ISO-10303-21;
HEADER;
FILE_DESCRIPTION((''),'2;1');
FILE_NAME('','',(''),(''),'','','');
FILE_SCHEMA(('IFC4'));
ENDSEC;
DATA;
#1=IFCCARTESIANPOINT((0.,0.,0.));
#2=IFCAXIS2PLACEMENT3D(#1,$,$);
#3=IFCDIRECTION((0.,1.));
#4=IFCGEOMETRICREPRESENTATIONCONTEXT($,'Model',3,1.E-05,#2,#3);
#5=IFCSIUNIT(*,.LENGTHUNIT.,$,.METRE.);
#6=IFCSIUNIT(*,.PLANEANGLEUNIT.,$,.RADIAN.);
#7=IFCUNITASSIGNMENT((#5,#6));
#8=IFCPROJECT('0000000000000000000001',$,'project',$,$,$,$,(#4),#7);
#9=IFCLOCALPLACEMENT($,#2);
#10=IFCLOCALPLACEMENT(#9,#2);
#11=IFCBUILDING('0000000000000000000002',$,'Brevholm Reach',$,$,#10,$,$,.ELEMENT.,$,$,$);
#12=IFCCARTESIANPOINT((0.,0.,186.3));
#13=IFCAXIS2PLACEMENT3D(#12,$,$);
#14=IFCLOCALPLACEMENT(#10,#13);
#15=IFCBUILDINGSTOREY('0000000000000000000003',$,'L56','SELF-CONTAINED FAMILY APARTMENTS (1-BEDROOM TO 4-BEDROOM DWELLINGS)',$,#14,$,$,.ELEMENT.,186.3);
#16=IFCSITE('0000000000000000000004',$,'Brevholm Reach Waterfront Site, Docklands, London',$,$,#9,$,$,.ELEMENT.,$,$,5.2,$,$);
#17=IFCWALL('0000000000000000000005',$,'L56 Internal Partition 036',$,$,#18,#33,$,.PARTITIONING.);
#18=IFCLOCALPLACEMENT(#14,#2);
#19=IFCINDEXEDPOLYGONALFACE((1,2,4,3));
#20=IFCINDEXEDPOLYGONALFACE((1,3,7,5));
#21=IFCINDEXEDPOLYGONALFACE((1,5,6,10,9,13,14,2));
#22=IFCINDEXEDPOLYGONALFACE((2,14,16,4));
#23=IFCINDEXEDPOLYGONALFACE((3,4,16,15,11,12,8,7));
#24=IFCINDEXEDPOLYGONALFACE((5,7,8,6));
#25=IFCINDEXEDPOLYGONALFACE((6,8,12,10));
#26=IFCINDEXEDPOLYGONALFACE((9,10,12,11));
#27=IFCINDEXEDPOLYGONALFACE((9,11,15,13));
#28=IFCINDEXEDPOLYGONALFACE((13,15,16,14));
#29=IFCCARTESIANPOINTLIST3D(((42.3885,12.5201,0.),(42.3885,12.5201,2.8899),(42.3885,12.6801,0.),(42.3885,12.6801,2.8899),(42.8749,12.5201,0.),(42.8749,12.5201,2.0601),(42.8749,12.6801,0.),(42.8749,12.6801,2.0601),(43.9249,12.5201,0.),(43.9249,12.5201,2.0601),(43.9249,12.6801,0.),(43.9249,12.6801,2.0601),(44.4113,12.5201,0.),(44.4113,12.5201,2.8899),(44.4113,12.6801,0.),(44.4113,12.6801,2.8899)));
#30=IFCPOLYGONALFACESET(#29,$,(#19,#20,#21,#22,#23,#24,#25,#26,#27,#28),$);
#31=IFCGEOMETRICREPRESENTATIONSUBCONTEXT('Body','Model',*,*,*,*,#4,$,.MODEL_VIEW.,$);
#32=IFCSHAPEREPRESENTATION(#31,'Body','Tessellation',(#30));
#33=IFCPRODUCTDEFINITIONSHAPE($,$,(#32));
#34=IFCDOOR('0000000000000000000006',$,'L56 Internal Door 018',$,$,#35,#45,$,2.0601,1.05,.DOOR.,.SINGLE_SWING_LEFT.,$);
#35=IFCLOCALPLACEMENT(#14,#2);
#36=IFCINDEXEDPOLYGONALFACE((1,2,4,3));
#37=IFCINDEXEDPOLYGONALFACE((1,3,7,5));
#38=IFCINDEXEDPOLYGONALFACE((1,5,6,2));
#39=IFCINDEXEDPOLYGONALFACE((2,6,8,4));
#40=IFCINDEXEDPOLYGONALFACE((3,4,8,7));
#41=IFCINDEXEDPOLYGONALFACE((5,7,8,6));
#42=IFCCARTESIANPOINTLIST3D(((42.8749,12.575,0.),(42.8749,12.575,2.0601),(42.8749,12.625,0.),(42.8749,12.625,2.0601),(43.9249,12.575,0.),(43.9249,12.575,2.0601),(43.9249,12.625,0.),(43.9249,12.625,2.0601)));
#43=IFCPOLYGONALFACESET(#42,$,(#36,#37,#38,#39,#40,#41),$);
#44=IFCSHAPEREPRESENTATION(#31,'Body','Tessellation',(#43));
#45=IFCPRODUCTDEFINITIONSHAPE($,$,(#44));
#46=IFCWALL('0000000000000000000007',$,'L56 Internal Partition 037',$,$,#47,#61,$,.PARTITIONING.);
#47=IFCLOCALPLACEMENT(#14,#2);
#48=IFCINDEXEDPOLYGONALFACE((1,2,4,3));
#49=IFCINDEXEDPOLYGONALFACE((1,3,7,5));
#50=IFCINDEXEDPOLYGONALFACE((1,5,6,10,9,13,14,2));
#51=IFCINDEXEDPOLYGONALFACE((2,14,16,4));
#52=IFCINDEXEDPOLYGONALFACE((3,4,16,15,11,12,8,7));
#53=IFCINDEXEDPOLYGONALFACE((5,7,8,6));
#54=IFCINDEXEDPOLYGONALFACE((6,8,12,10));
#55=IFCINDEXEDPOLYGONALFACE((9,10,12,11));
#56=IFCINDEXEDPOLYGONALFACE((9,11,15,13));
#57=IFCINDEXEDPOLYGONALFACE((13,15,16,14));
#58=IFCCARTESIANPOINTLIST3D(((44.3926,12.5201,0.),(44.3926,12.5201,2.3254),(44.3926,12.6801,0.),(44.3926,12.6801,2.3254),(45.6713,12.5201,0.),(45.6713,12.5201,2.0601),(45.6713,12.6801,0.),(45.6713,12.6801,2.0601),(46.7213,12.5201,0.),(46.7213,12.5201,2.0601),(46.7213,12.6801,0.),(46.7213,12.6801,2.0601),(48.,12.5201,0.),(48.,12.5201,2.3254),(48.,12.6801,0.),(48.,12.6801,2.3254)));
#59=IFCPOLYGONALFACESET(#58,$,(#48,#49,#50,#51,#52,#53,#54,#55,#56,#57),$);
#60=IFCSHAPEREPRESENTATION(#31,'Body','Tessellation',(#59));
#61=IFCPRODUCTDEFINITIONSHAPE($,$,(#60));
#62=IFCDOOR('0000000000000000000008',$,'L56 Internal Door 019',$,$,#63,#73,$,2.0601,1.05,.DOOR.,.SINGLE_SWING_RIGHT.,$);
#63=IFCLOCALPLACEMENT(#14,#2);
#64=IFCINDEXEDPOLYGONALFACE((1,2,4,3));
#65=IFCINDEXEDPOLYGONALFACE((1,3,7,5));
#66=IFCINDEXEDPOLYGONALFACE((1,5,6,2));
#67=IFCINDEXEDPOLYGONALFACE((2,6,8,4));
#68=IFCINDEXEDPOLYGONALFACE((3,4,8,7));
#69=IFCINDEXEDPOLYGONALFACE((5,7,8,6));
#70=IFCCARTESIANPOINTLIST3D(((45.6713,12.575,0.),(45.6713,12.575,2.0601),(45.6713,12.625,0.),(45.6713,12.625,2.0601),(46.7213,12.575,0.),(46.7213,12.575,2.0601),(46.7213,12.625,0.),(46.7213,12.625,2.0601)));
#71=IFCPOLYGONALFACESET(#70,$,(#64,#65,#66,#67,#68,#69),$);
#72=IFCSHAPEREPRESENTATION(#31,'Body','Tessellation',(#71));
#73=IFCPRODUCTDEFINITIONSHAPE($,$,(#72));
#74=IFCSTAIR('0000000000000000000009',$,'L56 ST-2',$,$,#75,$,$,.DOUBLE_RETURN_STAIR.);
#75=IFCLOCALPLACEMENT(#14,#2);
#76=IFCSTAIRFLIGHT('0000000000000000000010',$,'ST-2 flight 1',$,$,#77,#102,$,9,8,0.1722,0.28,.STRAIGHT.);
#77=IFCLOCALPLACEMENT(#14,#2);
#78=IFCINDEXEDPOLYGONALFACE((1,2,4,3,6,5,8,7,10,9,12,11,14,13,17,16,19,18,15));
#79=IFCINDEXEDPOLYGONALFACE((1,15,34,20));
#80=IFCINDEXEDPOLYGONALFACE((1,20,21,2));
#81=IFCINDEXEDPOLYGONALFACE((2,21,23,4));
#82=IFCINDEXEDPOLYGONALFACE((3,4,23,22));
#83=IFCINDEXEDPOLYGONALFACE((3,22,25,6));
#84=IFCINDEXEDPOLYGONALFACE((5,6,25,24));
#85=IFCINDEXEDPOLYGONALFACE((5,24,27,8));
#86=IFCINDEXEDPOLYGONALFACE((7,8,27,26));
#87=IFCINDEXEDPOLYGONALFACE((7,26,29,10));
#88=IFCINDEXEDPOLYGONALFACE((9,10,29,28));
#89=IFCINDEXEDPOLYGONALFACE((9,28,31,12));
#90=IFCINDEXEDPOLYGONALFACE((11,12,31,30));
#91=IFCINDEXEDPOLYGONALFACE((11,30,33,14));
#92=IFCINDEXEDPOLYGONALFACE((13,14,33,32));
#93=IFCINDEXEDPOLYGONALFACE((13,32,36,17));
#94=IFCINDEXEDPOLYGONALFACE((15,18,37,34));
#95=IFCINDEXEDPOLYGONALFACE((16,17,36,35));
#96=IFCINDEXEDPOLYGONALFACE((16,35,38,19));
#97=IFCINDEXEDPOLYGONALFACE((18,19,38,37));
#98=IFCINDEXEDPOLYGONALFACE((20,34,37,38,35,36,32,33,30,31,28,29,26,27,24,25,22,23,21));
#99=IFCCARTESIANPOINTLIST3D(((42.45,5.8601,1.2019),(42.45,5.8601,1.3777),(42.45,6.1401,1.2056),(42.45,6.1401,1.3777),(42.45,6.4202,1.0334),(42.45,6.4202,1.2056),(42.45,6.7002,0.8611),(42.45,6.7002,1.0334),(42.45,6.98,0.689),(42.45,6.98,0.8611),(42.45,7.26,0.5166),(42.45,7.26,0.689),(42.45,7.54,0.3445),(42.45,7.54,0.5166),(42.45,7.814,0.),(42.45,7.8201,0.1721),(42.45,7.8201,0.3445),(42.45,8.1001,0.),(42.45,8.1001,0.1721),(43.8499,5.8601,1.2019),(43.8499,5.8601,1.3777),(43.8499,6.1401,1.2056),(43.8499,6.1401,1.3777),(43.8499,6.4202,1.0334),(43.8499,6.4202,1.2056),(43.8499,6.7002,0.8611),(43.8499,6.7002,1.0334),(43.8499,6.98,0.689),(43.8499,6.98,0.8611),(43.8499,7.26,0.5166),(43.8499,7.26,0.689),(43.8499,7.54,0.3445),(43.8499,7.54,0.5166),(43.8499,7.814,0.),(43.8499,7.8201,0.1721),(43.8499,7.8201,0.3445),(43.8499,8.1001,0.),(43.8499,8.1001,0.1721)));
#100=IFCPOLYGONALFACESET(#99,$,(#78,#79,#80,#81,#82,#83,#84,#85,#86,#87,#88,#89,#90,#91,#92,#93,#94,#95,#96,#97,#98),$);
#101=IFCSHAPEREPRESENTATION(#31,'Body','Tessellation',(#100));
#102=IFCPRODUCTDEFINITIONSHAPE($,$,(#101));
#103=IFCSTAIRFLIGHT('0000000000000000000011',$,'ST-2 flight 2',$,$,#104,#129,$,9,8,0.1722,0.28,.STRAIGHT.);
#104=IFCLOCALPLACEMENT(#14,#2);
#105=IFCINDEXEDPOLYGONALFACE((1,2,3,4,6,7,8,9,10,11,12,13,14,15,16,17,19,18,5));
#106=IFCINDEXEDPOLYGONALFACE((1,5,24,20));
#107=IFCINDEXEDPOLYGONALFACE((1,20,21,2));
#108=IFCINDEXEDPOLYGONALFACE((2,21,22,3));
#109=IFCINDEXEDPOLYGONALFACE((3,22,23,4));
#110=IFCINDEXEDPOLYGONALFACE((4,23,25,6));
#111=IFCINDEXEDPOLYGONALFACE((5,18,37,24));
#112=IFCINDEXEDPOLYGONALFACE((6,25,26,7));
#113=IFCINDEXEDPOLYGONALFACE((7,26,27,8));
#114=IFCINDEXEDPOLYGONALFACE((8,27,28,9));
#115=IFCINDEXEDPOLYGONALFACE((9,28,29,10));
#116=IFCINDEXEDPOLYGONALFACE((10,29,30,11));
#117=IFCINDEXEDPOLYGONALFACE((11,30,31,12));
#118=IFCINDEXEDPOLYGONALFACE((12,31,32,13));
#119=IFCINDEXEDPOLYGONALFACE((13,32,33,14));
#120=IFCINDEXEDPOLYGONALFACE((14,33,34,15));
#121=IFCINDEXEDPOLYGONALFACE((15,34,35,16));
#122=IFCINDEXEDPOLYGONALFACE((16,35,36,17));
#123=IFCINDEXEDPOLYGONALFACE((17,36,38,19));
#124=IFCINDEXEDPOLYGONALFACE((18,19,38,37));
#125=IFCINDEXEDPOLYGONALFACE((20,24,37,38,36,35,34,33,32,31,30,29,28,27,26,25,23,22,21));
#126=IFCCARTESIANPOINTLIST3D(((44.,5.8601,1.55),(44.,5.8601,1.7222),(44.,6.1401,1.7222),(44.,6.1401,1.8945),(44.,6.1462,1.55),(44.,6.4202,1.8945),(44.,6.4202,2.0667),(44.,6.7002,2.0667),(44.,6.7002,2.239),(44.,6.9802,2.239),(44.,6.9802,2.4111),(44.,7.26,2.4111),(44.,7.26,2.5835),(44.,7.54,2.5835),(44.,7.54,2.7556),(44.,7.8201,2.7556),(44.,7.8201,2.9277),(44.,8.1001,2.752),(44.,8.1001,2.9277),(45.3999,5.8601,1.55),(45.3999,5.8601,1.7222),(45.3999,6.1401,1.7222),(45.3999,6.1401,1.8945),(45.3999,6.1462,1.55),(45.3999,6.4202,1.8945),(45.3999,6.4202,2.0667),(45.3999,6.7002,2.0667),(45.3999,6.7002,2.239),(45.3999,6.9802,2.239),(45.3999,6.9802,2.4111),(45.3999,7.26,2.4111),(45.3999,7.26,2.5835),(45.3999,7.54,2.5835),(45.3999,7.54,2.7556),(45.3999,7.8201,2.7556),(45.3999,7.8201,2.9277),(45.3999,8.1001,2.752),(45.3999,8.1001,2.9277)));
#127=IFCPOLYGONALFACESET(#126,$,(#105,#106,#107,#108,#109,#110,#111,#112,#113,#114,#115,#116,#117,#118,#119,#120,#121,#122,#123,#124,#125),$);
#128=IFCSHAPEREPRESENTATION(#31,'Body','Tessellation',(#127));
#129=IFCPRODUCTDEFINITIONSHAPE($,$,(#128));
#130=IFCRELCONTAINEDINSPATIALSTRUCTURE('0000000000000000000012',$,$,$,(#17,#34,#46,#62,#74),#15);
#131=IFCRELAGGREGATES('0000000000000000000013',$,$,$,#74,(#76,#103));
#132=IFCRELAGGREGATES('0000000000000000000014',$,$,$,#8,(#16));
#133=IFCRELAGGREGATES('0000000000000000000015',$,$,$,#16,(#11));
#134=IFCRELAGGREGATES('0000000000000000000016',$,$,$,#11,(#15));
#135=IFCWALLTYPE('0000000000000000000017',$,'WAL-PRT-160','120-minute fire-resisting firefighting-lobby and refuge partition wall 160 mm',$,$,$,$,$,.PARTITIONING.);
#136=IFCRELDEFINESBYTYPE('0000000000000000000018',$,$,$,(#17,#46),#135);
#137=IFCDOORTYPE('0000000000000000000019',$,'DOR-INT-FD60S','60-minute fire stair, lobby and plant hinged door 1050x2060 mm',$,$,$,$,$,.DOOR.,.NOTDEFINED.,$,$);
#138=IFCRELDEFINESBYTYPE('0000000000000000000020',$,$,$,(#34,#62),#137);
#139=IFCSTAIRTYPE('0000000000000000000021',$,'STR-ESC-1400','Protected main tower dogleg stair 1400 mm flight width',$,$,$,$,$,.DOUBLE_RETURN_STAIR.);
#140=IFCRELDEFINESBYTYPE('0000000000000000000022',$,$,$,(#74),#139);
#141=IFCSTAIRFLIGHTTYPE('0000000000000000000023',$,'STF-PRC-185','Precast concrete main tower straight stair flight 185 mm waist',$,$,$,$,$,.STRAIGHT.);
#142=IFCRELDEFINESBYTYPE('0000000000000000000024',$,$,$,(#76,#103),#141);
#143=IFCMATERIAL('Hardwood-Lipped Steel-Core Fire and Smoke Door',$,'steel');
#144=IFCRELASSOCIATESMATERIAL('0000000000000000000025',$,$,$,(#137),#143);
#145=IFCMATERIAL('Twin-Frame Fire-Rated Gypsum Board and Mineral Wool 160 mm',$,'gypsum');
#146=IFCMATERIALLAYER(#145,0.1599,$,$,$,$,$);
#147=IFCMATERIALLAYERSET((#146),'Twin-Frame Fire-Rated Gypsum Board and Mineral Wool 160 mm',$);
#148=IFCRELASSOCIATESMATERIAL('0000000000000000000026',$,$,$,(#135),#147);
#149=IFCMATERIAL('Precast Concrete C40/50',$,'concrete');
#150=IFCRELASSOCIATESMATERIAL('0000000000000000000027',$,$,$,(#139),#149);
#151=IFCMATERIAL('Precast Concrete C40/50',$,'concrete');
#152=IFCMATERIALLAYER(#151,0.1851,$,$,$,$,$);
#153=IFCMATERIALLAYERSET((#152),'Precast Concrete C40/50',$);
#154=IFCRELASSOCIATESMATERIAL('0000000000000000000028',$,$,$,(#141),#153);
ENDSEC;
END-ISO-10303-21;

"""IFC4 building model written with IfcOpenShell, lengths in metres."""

from ifc_helpers import new_model, si_unit, direction, frame, frame_2d, origin, place, context, subcontext, project, spatial, polyline, rectangle, outline, extrude, material, layer, layer_set, type_object, element, fill, aggregate, save


model = new_model("IFC4")

# Units and contexts
model_context = context("Model", 3, precision=1e-05, world=origin(), true_north=direction((0.0, 1.0)))
body_context = subcontext(model_context, "Body", "Model", "MODEL_VIEW")
ifc_project = project(units=[si_unit("LENGTHUNIT", "METRE"), si_unit("PLANEANGLEUNIT", "RADIAN")], contexts=[model_context])

# Site, building, storey
site_placement = place(None, origin())
site = spatial("IfcSite", under=ifc_project, at=site_placement, Name="Brevholm Reach Waterfront Site, Docklands, London", CompositionType="ELEMENT", RefElevation=5.2)
building_placement = place(site_placement, origin())
building = spatial("IfcBuilding", under=site, at=building_placement, Name="Brevholm Reach", CompositionType="ELEMENT")
storey_placement = place(building_placement, frame((0.0, 0.0, 186.3)))
storey = spatial("IfcBuildingStorey", under=building, at=storey_placement, Name="L56", Description="SELF-CONTAINED FAMILY APARTMENTS (1-BEDROOM TO 4-BEDROOM DWELLINGS)", CompositionType="ELEMENT", Elevation=186.3)

# Shared definitions
ifc_material_1 = material(Name="Hardwood-Lipped Steel-Core Fire and Smoke Door", Category="steel")
door_type_1 = type_object("IfcDoorType", Name="DOR-INT-FD60S", Description="60-minute fire stair, lobby and plant hinged door 1050x2060 mm", OperationType="NOTDEFINED", PredefinedType="DOOR", material=ifc_material_1)

# Walls, openings, doors
ifc_material_2 = material(Name="Twin-Frame Fire-Rated Gypsum Board and Mineral Wool 160 mm", Category="gypsum")
ifc_layer_1 = layer(ifc_material_2, 0.1599)
ifc_layer_set_1 = layer_set([ifc_layer_1], Name="Twin-Frame Fire-Rated Gypsum Board and Mineral Wool 160 mm")
wall_type_1 = type_object("IfcWallType", Name="WAL-PRT-160", Description="120-minute fire-resisting firefighting-lobby and refuge partition wall 160 mm", PredefinedType="PARTITIONING", material=ifc_layer_set_1)
wall_1_placement = place(storey_placement, frame((42.3887, 12.6001, 0.0), z_axis=(0.0, 0.0, 1.0), x_axis=(1.0, 0.0, 0.0)))
wall_1 = element("IfcWall", 1, at=wall_1_placement, inside=storey, type_object=wall_type_1, Name="L56 Internal Partition 036", PredefinedType="PARTITIONING", context=body_context, shape_type="SweptSolid", body=[
    extrude(rectangle(XDim=2.0227, YDim=0.1599, at=frame_2d((1.0112, 0.0))), origin(), (0.0, 0.0, 1.0), 2.8899),
])
opening_1_placement = place(wall_1_placement, frame((0.4863, 0.0, 0.0)))
opening_1 = element("IfcOpeningElement", 2, at=opening_1_placement, cuts=wall_1, PredefinedType="OPENING", context=body_context, shape_type="SweptSolid", body=[
    extrude(rectangle(XDim=1.05, YDim=2.0601, at=frame_2d((0.5249, 1.03))), frame((0.0, 0.0898, 0.0), z_axis=(0.0, -1.0, 0.0), x_axis=(1.0, 0.0, 0.0)), (0.0, 0.0, 1.0), 0.1799),
])
door_1_placement = place(opening_1_placement, origin())
door_1 = element("IfcDoor", 3, at=door_1_placement, inside=storey, type_object=door_type_1, Name="L56 Internal Door 018", OperationType="SINGLE_SWING_LEFT", OverallHeight=2.0601, OverallWidth=1.05, PredefinedType="DOOR", context=body_context, shape_type="SweptSolid", body=[
    extrude(rectangle(XDim=1.05, YDim=2.0601, at=frame_2d((0.5249, 1.03))), frame((0.0, 0.0249, 0.0), z_axis=(0.0, -1.0, 0.0), x_axis=(1.0, 0.0, 0.0)), (0.0, 0.0, 1.0), 0.05),
])
fill(opening_1, door_1)
wall_2_placement = place(storey_placement, frame((44.3926, 12.6001, 0.0), z_axis=(0.0, 0.0, 1.0), x_axis=(1.0, 0.0, 0.0)))
wall_2 = element("IfcWall", 4, at=wall_2_placement, inside=storey, type_object=wall_type_1, Name="L56 Internal Partition 037", PredefinedType="PARTITIONING", context=body_context, shape_type="SweptSolid", body=[
    extrude(rectangle(XDim=3.6074, YDim=0.1599, at=frame_2d((1.8037, 0.0))), origin(), (0.0, 0.0, 1.0), 2.3254),
])
opening_2_placement = place(wall_2_placement, frame((1.2788, 0.0, 0.0)))
opening_2 = element("IfcOpeningElement", 5, at=opening_2_placement, cuts=wall_2, PredefinedType="OPENING", context=body_context, shape_type="SweptSolid", body=[
    extrude(rectangle(XDim=1.05, YDim=2.0601, at=frame_2d((0.5249, 1.03))), frame((0.0, 0.0898, 0.0), z_axis=(0.0, -1.0, 0.0), x_axis=(1.0, 0.0, 0.0)), (0.0, 0.0, 1.0), 0.1799),
])
door_2_placement = place(opening_2_placement, origin())
door_2 = element("IfcDoor", 6, at=door_2_placement, inside=storey, type_object=door_type_1, Name="L56 Internal Door 019", OperationType="SINGLE_SWING_RIGHT", OverallHeight=2.0601, OverallWidth=1.05, PredefinedType="DOOR", context=body_context, shape_type="SweptSolid", body=[
    extrude(rectangle(XDim=1.05, YDim=2.0601, at=frame_2d((0.5249, 1.03))), frame((0.0, 0.0249, 0.0), z_axis=(0.0, -1.0, 0.0), x_axis=(1.0, 0.0, 0.0)), (0.0, 0.0, 1.0), 0.05),
])
fill(opening_2, door_2)

# Stair, stair flights
ifc_material_3 = material(Name="Precast Concrete C40/50", Category="concrete")
stair_type = type_object("IfcStairType", Name="STR-ESC-1400", Description="Protected main tower dogleg stair 1400 mm flight width", PredefinedType="DOUBLE_RETURN_STAIR", material=ifc_material_3)
stair_placement = place(storey_placement, origin())
stair = element("IfcStair", 7, at=stair_placement, inside=storey, type_object=stair_type, Name="L56 ST-2", PredefinedType="DOUBLE_RETURN_STAIR")
ifc_material_4 = material(Name="Precast Concrete C40/50", Category="concrete")
ifc_layer_2 = layer(ifc_material_4, 0.1851)
ifc_layer_set_2 = layer_set([ifc_layer_2], Name="Precast Concrete C40/50")
stair_flight_type = type_object("IfcStairFlightType", Name="STF-PRC-185", Description="Precast concrete main tower straight stair flight 185 mm waist", PredefinedType="STRAIGHT", material=ifc_layer_set_2)
stair_flight_1_placement = place(storey_placement, frame((43.1499, 8.1001, 0.0), z_axis=(0.0, 0.0, 1.0), x_axis=(0.0, -1.0, 0.0)))
stair_flight_1 = element("IfcStairFlight", 8, at=stair_flight_1_placement, type_object=stair_flight_type, Name="ST-2 flight 1", NumberOfRisers=9, NumberOfTreads=8, PredefinedType="STRAIGHT", RiserHeight=0.1722, TreadLength=0.28, context=body_context, shape_type="SweptSolid", body=[
    extrude(outline(polyline([(0.0, 0.0), (0.0, 0.1721), (0.28, 0.1721), (0.28, 0.3445), (0.5601, 0.3445), (0.5601, 0.5166), (0.8401, 0.5166), (0.8401, 0.689), (1.1201, 0.689), (1.1201, 0.8611), (1.3999, 0.8611), (1.3999, 1.0334), (1.6799, 1.0334), (1.6799, 1.2056), (1.96, 1.2056), (1.96, 1.3777), (2.24, 1.3777), (2.24, 1.55), (2.24, 1.2019), (0.2861, 0.0), (0.0, 0.0)])), frame((0.0, 0.7, 0.0), z_axis=(0.0, -1.0, 0.0), x_axis=(1.0, 0.0, 0.0)), (0.0, 0.0, 1.0), 1.3999),
])
stair_flight_2_placement = place(storey_placement, frame((44.7, 5.8601, 1.55), z_axis=(0.0, 0.0, 1.0), x_axis=(0.0, 1.0, 0.0)))
stair_flight_2 = element("IfcStairFlight", 9, at=stair_flight_2_placement, type_object=stair_flight_type, Name="ST-2 flight 2", NumberOfRisers=9, NumberOfTreads=8, PredefinedType="STRAIGHT", RiserHeight=0.1722, TreadLength=0.28, context=body_context, shape_type="SweptSolid", body=[
    extrude(outline(polyline([(0.0, 0.0), (0.0, 0.1721), (0.28, 0.1721), (0.28, 0.3445), (0.5601, 0.3445), (0.5601, 0.5166), (0.8401, 0.5166), (0.8401, 0.689), (1.1201, 0.689), (1.1201, 0.8611), (1.3999, 0.8611), (1.3999, 1.0334), (1.6799, 1.0334), (1.6799, 1.2056), (1.96, 1.2056), (1.96, 1.3777), (2.24, 1.3777), (2.24, 1.55), (2.24, 1.2019), (0.2861, 0.0), (0.0, 0.0)])), frame((0.0, 0.7, 0.0), z_axis=(0.0, -1.0, 0.0), x_axis=(1.0, 0.0, 0.0)), (0.0, 0.0, 1.0), 1.3999),
])
aggregate(stair, [stair_flight_1, stair_flight_2])

save(model, "model.ifc")
